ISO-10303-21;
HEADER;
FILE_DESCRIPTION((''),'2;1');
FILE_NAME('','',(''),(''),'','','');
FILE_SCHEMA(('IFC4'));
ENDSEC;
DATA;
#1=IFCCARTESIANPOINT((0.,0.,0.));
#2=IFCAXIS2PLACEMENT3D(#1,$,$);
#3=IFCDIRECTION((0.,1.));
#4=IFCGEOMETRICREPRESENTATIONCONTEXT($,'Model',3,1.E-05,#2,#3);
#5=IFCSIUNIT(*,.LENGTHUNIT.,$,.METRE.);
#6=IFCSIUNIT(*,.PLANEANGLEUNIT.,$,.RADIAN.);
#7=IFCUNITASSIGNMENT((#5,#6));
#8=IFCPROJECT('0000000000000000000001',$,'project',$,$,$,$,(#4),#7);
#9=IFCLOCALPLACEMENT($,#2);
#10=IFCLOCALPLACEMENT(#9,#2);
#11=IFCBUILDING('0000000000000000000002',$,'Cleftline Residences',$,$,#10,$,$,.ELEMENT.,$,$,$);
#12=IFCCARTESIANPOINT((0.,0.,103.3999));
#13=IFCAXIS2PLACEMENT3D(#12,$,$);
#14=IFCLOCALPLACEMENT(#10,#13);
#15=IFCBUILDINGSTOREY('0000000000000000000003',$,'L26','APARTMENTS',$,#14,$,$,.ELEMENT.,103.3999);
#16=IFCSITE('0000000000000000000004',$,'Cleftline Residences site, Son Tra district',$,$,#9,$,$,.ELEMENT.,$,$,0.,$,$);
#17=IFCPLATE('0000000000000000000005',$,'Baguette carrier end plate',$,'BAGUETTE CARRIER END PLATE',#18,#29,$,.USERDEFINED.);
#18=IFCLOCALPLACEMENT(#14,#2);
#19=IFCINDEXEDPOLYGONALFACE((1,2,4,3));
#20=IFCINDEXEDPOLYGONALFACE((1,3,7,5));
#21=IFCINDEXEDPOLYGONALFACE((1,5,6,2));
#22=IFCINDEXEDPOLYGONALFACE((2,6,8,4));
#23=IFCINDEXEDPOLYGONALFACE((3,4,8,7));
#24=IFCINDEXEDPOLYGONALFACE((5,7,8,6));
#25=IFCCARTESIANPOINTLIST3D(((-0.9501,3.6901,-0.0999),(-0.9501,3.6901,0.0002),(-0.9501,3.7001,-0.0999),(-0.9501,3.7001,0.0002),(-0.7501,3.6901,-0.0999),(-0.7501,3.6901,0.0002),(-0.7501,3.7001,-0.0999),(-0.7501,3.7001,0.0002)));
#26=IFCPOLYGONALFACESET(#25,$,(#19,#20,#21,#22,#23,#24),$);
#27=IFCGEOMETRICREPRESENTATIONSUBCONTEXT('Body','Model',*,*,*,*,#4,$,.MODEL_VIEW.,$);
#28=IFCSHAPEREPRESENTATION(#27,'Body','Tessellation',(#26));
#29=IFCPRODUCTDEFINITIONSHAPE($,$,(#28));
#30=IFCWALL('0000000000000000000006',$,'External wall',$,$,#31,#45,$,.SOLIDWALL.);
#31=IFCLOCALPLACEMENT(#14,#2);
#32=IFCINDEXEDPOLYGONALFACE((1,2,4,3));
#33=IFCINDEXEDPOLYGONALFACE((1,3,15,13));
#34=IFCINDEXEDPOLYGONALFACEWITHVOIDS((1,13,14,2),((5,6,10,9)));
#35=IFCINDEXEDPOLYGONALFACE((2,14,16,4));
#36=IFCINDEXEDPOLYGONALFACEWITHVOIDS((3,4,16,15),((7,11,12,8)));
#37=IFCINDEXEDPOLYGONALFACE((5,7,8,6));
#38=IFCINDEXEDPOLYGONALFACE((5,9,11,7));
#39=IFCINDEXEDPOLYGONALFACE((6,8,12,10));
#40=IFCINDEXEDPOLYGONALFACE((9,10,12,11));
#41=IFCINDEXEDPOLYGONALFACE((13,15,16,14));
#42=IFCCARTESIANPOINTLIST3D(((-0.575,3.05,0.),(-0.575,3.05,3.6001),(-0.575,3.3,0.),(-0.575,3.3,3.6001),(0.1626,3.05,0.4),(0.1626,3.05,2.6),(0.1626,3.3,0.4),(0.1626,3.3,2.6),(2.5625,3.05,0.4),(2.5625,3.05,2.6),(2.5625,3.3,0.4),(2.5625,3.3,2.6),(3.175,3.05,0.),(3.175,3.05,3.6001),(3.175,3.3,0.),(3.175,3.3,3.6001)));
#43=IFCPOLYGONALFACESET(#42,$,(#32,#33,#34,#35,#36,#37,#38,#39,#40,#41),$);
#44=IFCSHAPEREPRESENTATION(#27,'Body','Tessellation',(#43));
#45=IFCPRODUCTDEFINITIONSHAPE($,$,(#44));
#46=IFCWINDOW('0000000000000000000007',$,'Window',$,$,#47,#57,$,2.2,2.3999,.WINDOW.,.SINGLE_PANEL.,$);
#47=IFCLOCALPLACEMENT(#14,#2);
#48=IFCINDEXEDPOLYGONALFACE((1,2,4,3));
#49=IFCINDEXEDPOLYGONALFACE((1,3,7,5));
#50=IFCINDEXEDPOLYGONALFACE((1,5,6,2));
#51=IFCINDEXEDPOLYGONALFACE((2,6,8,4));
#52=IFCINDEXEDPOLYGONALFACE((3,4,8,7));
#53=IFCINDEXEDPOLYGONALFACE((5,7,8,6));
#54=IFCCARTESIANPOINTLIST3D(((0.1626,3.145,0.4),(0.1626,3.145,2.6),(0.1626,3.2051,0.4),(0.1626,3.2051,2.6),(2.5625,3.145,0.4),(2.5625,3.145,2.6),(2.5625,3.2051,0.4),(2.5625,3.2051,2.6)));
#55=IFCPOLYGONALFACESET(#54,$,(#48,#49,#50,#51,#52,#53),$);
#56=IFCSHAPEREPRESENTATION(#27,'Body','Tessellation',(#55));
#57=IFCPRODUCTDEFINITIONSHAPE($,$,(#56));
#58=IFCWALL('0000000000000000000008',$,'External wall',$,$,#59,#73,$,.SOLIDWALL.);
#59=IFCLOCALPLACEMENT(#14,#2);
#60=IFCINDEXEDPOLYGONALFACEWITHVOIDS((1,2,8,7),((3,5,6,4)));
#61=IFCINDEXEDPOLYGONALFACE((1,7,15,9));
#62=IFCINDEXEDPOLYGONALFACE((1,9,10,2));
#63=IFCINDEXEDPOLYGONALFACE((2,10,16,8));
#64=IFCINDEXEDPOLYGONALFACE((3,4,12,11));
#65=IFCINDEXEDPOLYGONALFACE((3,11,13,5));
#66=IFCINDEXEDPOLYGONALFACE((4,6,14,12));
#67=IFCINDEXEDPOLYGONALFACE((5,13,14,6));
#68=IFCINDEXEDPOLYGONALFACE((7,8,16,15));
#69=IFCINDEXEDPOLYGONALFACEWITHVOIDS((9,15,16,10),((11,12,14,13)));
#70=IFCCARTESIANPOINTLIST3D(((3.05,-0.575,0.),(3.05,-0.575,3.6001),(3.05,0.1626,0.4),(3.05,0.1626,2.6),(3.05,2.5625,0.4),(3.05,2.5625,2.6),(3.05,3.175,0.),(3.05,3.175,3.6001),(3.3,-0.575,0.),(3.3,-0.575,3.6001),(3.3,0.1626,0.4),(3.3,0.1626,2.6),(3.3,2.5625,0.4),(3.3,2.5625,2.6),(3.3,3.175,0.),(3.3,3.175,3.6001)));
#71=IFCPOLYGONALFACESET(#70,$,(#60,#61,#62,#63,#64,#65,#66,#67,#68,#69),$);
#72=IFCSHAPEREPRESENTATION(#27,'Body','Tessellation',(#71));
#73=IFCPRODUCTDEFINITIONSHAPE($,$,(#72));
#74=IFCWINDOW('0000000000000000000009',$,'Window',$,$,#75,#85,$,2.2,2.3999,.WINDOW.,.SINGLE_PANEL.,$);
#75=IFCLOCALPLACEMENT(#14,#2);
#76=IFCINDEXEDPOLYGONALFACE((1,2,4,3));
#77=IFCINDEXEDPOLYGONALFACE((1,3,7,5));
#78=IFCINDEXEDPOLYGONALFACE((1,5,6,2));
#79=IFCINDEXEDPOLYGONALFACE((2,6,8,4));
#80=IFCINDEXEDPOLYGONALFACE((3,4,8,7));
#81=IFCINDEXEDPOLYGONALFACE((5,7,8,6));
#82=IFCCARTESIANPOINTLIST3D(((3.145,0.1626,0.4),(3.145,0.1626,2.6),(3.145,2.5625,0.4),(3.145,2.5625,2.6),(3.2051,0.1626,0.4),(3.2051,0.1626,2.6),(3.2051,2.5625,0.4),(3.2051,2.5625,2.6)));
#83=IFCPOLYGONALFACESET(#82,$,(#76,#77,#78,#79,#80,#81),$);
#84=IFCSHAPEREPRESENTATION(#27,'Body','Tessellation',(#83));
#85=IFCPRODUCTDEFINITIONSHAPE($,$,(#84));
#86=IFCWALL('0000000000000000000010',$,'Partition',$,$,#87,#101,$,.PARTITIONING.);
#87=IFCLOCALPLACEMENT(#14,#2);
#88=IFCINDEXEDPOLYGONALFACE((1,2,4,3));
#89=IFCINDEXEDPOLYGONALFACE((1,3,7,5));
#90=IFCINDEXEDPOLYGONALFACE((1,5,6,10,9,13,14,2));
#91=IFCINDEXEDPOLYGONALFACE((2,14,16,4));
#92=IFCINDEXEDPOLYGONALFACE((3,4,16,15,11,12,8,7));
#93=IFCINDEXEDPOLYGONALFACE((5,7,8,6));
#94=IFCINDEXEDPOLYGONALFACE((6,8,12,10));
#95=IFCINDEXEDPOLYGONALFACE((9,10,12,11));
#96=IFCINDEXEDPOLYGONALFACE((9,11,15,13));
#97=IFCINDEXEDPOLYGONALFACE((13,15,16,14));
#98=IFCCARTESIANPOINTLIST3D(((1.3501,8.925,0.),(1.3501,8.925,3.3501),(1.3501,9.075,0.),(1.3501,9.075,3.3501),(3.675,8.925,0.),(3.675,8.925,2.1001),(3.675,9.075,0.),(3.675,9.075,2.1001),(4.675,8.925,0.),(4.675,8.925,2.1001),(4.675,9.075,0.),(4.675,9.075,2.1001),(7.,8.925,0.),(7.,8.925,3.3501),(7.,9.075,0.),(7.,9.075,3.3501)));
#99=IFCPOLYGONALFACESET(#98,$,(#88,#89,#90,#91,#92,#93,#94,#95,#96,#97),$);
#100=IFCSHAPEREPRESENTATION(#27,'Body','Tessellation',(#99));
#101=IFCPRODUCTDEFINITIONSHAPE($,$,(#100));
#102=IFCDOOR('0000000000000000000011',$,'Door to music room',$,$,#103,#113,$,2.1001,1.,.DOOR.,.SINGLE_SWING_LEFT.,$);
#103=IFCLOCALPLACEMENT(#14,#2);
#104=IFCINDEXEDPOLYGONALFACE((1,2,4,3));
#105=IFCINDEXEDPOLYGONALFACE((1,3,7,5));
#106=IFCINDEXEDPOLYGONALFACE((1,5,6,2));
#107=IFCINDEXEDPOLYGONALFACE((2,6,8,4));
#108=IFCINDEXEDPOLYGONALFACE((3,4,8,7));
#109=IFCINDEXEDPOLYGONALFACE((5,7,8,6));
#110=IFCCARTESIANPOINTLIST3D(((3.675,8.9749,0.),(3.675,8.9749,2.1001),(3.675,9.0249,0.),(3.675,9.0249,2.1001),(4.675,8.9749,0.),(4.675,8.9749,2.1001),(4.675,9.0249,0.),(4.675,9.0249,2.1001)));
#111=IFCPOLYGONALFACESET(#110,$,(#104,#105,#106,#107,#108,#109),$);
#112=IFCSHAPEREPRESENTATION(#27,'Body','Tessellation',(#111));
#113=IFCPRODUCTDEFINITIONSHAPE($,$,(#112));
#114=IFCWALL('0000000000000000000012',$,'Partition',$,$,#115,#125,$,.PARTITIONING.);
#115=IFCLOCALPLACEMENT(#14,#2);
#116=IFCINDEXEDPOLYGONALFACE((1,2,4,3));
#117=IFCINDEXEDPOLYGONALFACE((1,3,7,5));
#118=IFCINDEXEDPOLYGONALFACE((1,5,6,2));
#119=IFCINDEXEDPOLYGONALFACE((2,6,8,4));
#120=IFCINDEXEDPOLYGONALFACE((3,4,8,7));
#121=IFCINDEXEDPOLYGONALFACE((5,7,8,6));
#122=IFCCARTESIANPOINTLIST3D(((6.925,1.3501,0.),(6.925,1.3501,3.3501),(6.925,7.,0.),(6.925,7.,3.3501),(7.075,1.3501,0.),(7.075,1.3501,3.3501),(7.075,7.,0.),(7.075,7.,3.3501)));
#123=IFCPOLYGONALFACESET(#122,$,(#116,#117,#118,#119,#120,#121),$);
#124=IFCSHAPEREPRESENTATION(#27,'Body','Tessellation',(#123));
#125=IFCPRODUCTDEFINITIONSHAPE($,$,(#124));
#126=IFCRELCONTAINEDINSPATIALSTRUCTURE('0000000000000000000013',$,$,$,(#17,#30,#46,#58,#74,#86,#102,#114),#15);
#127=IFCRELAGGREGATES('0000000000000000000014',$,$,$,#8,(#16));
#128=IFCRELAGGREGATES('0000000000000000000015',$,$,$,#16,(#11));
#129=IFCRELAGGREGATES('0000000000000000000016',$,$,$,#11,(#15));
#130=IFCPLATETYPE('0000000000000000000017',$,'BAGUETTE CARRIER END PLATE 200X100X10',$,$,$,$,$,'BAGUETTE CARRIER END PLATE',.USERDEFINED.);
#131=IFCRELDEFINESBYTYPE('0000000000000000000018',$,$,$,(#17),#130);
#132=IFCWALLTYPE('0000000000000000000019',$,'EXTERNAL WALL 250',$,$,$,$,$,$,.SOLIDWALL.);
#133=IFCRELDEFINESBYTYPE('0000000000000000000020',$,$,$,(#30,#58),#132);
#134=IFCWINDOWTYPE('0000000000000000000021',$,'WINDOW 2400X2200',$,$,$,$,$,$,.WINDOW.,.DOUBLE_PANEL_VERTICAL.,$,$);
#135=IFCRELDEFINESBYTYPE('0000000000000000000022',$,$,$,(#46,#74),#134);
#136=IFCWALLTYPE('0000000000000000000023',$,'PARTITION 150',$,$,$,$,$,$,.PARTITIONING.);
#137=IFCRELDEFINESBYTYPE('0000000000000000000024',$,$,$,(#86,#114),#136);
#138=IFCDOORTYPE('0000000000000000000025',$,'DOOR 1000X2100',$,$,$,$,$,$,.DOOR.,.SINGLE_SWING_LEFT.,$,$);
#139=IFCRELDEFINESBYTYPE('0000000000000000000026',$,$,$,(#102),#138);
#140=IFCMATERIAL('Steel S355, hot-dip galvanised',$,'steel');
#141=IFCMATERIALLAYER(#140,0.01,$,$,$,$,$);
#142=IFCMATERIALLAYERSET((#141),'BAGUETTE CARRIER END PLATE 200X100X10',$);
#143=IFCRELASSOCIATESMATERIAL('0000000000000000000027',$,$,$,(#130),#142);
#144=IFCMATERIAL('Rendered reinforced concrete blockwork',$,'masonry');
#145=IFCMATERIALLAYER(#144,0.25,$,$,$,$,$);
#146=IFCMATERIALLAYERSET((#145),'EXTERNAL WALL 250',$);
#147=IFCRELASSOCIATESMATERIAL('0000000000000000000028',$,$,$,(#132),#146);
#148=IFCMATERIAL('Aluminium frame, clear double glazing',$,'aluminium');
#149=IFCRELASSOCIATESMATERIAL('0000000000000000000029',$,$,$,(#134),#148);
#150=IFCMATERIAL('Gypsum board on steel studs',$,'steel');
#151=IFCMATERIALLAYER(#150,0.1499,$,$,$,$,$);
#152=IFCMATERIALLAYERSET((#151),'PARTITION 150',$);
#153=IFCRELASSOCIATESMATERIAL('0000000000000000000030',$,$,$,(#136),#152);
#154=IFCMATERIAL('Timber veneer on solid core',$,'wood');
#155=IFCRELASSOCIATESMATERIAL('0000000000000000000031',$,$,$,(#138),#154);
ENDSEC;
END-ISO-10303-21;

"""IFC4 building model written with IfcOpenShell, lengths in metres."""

from ifc_helpers import new_model, si_unit, direction, frame, frame_2d, origin, origin_2d, place, context, subcontext, project, spatial, rectangle, extrude, material, layer, layer_set, type_object, element, fill, save


model = new_model("IFC4")

# Units and contexts
model_context = context("Model", 3, precision=1e-05, world=origin(), true_north=direction((0.0, 1.0)))
body_context = subcontext(model_context, "Body", "Model", "MODEL_VIEW")
ifc_project = project(units=[si_unit("LENGTHUNIT", "METRE"), si_unit("PLANEANGLEUNIT", "RADIAN")], contexts=[model_context])

# Site, building, storey
site_placement = place(None, origin())
site = spatial("IfcSite", under=ifc_project, at=site_placement, Name="Cleftline Residences site, Son Tra district", CompositionType="ELEMENT", RefElevation=0.0)
building_placement = place(site_placement, origin())
building = spatial("IfcBuilding", under=site, at=building_placement, Name="Cleftline Residences", CompositionType="ELEMENT")
storey_placement = place(building_placement, frame((0.0, 0.0, 103.3999)))
storey = spatial("IfcBuildingStorey", under=building, at=storey_placement, Name="L26", Description="APARTMENTS", CompositionType="ELEMENT", Elevation=103.3999)

# Plate
ifc_material_1 = material(Name="Steel S355, hot-dip galvanised", Category="steel")
ifc_layer_1 = layer(ifc_material_1, 0.01)
ifc_layer_set_1 = layer_set([ifc_layer_1], Name="BAGUETTE CARRIER END PLATE 200X100X10")
plate_type = type_object("IfcPlateType", Name="BAGUETTE CARRIER END PLATE 200X100X10", ElementType="BAGUETTE CARRIER END PLATE", PredefinedType="USERDEFINED", material=ifc_layer_set_1)
plate_placement = place(storey_placement, frame((-0.8501, 3.6951, -0.0999), z_axis=(0.0, 0.0, 1.0), x_axis=(-1.0, 0.0, 0.0)))
element("IfcPlate", 1, at=plate_placement, inside=storey, type_object=plate_type, Name="Baguette carrier end plate", ObjectType="BAGUETTE CARRIER END PLATE", PredefinedType="USERDEFINED", context=body_context, shape_type="SweptSolid", body=[
    extrude(rectangle(XDim=0.2, YDim=0.01, at=origin_2d()), origin(), (0.0, 0.0, 1.0), 0.1001),
])

# Walls, openings, windows
ifc_material_2 = material(Name="Rendered reinforced concrete blockwork", Category="masonry")
ifc_layer_2 = layer(ifc_material_2, 0.25)
ifc_layer_set_2 = layer_set([ifc_layer_2], Name="EXTERNAL WALL 250")
wall_type_1 = type_object("IfcWallType", Name="EXTERNAL WALL 250", PredefinedType="SOLIDWALL", material=ifc_layer_set_2)
wall_1_placement = place(storey_placement, frame((-0.575, 3.175, 0.0), z_axis=(0.0, 0.0, 1.0), x_axis=(1.0, 0.0, 0.0)))
wall_1 = element("IfcWall", 2, at=wall_1_placement, inside=storey, type_object=wall_type_1, Name="External wall", PredefinedType="SOLIDWALL", context=body_context, shape_type="SweptSolid", body=[
    extrude(rectangle(XDim=3.75, YDim=0.25, at=frame_2d((1.875, 0.0))), origin(), (0.0, 0.0, 1.0), 3.6001),
])
opening_1_placement = place(wall_1_placement, frame((0.7375, 0.0, 0.3999)))
opening_1 = element("IfcOpeningElement", 3, at=opening_1_placement, cuts=wall_1, PredefinedType="OPENING", context=body_context, shape_type="SweptSolid", body=[
    extrude(rectangle(XDim=2.3999, YDim=2.2, at=frame_2d((1.2, 1.1001))), frame((0.0, 0.135, 0.0), z_axis=(0.0, -1.0, 0.0), x_axis=(1.0, 0.0, 0.0)), (0.0, 0.0, 1.0), 0.27),
])
ifc_material_3 = material(Name="Aluminium frame, clear double glazing", Category="aluminium")
window_type = type_object("IfcWindowType", Name="WINDOW 2400X2200", PartitioningType="DOUBLE_PANEL_VERTICAL", PredefinedType="WINDOW", material=ifc_material_3)
window_1_placement = place(opening_1_placement, origin())
window_1 = element("IfcWindow", 4, at=window_1_placement, inside=storey, type_object=window_type, Name="Window", OverallHeight=2.2, OverallWidth=2.3999, PartitioningType="SINGLE_PANEL", PredefinedType="WINDOW", context=body_context, shape_type="SweptSolid", body=[
    extrude(rectangle(XDim=2.3999, YDim=2.2, at=frame_2d((1.2, 1.1001))), frame((0.0, 0.03, 0.0), z_axis=(0.0, -1.0, 0.0), x_axis=(1.0, 0.0, 0.0)), (0.0, 0.0, 1.0), 0.0601),
])
fill(opening_1, window_1)
wall_2_placement = place(storey_placement, frame((3.175, 3.175, 0.0), z_axis=(0.0, 0.0, 1.0), x_axis=(0.0, -1.0, 0.0)))
wall_2 = element("IfcWall", 5, at=wall_2_placement, inside=storey, type_object=wall_type_1, Name="External wall", PredefinedType="SOLIDWALL", context=body_context, shape_type="SweptSolid", body=[
    extrude(rectangle(XDim=3.75, YDim=0.25, at=frame_2d((1.875, 0.0))), origin(), (0.0, 0.0, 1.0), 3.6001),
])
opening_2_placement = place(wall_2_placement, frame((0.6125, 0.0, 0.3999)))
opening_2 = element("IfcOpeningElement", 6, at=opening_2_placement, cuts=wall_2, PredefinedType="OPENING", context=body_context, shape_type="SweptSolid", body=[
    extrude(rectangle(XDim=2.3999, YDim=2.2, at=frame_2d((1.2, 1.1001))), frame((0.0, 0.135, 0.0), z_axis=(0.0, -1.0, 0.0), x_axis=(1.0, 0.0, 0.0)), (0.0, 0.0, 1.0), 0.27),
])
window_2_placement = place(opening_2_placement, origin())
window_2 = element("IfcWindow", 7, at=window_2_placement, inside=storey, type_object=window_type, Name="Window", OverallHeight=2.2, OverallWidth=2.3999, PartitioningType="SINGLE_PANEL", PredefinedType="WINDOW", context=body_context, shape_type="SweptSolid", body=[
    extrude(rectangle(XDim=2.3999, YDim=2.2, at=frame_2d((1.2, 1.1001))), frame((0.0, 0.03, 0.0), z_axis=(0.0, -1.0, 0.0), x_axis=(1.0, 0.0, 0.0)), (0.0, 0.0, 1.0), 0.0601),
])
fill(opening_2, window_2)

# Wall, opening, door
ifc_material_4 = material(Name="Gypsum board on steel studs", Category="steel")
ifc_layer_3 = layer(ifc_material_4, 0.1499)
ifc_layer_set_3 = layer_set([ifc_layer_3], Name="PARTITION 150")
wall_type_2 = type_object("IfcWallType", Name="PARTITION 150", PredefinedType="PARTITIONING", material=ifc_layer_set_3)
wall_3_placement = place(storey_placement, frame((1.3501, 9.0, 0.0), z_axis=(0.0, 0.0, 1.0), x_axis=(1.0, 0.0, 0.0)))
wall_3 = element("IfcWall", 8, at=wall_3_placement, inside=storey, type_object=wall_type_2, Name="Partition", PredefinedType="PARTITIONING", context=body_context, shape_type="SweptSolid", body=[
    extrude(rectangle(XDim=5.6499, YDim=0.1499, at=frame_2d((2.825, 0.0))), origin(), (0.0, 0.0, 1.0), 3.3501),
])
opening_3_placement = place(wall_3_placement, frame((2.325, 0.0, 0.0)))
opening_3 = element("IfcOpeningElement", 9, at=opening_3_placement, cuts=wall_3, PredefinedType="OPENING", context=body_context, shape_type="SweptSolid", body=[
    extrude(rectangle(XDim=1.0, YDim=2.1001, at=frame_2d((0.5, 1.05))), frame((0.0, 0.085, 0.0), z_axis=(0.0, -1.0, 0.0), x_axis=(1.0, 0.0, 0.0)), (0.0, 0.0, 1.0), 0.1699),
])
ifc_material_5 = material(Name="Timber veneer on solid core", Category="wood")
door_type = type_object("IfcDoorType", Name="DOOR 1000X2100", OperationType="SINGLE_SWING_LEFT", PredefinedType="DOOR", material=ifc_material_5)
door_placement = place(opening_3_placement, origin())
door = element("IfcDoor", 10, at=door_placement, inside=storey, type_object=door_type, Name="Door to music room", OperationType="SINGLE_SWING_LEFT", OverallHeight=2.1001, OverallWidth=1.0, PredefinedType="DOOR", context=body_context, shape_type="SweptSolid", body=[
    extrude(rectangle(XDim=1.0, YDim=2.1001, at=frame_2d((0.5, 1.05))), frame((0.0, 0.0249, 0.0), z_axis=(0.0, -1.0, 0.0), x_axis=(1.0, 0.0, 0.0)), (0.0, 0.0, 1.0), 0.05),
])
fill(opening_3, door)

# Wall
wall_4_placement = place(storey_placement, frame((7.0, 1.3501, 0.0), z_axis=(0.0, 0.0, 1.0), x_axis=(0.0, 1.0, 0.0)))
element("IfcWall", 11, at=wall_4_placement, inside=storey, type_object=wall_type_2, Name="Partition", PredefinedType="PARTITIONING", context=body_context, shape_type="SweptSolid", body=[
    extrude(rectangle(XDim=5.6499, YDim=0.1499, at=frame_2d((2.825, 0.0))), origin(), (0.0, 0.0, 1.0), 3.3501),
])

save(model, "model.ifc")
